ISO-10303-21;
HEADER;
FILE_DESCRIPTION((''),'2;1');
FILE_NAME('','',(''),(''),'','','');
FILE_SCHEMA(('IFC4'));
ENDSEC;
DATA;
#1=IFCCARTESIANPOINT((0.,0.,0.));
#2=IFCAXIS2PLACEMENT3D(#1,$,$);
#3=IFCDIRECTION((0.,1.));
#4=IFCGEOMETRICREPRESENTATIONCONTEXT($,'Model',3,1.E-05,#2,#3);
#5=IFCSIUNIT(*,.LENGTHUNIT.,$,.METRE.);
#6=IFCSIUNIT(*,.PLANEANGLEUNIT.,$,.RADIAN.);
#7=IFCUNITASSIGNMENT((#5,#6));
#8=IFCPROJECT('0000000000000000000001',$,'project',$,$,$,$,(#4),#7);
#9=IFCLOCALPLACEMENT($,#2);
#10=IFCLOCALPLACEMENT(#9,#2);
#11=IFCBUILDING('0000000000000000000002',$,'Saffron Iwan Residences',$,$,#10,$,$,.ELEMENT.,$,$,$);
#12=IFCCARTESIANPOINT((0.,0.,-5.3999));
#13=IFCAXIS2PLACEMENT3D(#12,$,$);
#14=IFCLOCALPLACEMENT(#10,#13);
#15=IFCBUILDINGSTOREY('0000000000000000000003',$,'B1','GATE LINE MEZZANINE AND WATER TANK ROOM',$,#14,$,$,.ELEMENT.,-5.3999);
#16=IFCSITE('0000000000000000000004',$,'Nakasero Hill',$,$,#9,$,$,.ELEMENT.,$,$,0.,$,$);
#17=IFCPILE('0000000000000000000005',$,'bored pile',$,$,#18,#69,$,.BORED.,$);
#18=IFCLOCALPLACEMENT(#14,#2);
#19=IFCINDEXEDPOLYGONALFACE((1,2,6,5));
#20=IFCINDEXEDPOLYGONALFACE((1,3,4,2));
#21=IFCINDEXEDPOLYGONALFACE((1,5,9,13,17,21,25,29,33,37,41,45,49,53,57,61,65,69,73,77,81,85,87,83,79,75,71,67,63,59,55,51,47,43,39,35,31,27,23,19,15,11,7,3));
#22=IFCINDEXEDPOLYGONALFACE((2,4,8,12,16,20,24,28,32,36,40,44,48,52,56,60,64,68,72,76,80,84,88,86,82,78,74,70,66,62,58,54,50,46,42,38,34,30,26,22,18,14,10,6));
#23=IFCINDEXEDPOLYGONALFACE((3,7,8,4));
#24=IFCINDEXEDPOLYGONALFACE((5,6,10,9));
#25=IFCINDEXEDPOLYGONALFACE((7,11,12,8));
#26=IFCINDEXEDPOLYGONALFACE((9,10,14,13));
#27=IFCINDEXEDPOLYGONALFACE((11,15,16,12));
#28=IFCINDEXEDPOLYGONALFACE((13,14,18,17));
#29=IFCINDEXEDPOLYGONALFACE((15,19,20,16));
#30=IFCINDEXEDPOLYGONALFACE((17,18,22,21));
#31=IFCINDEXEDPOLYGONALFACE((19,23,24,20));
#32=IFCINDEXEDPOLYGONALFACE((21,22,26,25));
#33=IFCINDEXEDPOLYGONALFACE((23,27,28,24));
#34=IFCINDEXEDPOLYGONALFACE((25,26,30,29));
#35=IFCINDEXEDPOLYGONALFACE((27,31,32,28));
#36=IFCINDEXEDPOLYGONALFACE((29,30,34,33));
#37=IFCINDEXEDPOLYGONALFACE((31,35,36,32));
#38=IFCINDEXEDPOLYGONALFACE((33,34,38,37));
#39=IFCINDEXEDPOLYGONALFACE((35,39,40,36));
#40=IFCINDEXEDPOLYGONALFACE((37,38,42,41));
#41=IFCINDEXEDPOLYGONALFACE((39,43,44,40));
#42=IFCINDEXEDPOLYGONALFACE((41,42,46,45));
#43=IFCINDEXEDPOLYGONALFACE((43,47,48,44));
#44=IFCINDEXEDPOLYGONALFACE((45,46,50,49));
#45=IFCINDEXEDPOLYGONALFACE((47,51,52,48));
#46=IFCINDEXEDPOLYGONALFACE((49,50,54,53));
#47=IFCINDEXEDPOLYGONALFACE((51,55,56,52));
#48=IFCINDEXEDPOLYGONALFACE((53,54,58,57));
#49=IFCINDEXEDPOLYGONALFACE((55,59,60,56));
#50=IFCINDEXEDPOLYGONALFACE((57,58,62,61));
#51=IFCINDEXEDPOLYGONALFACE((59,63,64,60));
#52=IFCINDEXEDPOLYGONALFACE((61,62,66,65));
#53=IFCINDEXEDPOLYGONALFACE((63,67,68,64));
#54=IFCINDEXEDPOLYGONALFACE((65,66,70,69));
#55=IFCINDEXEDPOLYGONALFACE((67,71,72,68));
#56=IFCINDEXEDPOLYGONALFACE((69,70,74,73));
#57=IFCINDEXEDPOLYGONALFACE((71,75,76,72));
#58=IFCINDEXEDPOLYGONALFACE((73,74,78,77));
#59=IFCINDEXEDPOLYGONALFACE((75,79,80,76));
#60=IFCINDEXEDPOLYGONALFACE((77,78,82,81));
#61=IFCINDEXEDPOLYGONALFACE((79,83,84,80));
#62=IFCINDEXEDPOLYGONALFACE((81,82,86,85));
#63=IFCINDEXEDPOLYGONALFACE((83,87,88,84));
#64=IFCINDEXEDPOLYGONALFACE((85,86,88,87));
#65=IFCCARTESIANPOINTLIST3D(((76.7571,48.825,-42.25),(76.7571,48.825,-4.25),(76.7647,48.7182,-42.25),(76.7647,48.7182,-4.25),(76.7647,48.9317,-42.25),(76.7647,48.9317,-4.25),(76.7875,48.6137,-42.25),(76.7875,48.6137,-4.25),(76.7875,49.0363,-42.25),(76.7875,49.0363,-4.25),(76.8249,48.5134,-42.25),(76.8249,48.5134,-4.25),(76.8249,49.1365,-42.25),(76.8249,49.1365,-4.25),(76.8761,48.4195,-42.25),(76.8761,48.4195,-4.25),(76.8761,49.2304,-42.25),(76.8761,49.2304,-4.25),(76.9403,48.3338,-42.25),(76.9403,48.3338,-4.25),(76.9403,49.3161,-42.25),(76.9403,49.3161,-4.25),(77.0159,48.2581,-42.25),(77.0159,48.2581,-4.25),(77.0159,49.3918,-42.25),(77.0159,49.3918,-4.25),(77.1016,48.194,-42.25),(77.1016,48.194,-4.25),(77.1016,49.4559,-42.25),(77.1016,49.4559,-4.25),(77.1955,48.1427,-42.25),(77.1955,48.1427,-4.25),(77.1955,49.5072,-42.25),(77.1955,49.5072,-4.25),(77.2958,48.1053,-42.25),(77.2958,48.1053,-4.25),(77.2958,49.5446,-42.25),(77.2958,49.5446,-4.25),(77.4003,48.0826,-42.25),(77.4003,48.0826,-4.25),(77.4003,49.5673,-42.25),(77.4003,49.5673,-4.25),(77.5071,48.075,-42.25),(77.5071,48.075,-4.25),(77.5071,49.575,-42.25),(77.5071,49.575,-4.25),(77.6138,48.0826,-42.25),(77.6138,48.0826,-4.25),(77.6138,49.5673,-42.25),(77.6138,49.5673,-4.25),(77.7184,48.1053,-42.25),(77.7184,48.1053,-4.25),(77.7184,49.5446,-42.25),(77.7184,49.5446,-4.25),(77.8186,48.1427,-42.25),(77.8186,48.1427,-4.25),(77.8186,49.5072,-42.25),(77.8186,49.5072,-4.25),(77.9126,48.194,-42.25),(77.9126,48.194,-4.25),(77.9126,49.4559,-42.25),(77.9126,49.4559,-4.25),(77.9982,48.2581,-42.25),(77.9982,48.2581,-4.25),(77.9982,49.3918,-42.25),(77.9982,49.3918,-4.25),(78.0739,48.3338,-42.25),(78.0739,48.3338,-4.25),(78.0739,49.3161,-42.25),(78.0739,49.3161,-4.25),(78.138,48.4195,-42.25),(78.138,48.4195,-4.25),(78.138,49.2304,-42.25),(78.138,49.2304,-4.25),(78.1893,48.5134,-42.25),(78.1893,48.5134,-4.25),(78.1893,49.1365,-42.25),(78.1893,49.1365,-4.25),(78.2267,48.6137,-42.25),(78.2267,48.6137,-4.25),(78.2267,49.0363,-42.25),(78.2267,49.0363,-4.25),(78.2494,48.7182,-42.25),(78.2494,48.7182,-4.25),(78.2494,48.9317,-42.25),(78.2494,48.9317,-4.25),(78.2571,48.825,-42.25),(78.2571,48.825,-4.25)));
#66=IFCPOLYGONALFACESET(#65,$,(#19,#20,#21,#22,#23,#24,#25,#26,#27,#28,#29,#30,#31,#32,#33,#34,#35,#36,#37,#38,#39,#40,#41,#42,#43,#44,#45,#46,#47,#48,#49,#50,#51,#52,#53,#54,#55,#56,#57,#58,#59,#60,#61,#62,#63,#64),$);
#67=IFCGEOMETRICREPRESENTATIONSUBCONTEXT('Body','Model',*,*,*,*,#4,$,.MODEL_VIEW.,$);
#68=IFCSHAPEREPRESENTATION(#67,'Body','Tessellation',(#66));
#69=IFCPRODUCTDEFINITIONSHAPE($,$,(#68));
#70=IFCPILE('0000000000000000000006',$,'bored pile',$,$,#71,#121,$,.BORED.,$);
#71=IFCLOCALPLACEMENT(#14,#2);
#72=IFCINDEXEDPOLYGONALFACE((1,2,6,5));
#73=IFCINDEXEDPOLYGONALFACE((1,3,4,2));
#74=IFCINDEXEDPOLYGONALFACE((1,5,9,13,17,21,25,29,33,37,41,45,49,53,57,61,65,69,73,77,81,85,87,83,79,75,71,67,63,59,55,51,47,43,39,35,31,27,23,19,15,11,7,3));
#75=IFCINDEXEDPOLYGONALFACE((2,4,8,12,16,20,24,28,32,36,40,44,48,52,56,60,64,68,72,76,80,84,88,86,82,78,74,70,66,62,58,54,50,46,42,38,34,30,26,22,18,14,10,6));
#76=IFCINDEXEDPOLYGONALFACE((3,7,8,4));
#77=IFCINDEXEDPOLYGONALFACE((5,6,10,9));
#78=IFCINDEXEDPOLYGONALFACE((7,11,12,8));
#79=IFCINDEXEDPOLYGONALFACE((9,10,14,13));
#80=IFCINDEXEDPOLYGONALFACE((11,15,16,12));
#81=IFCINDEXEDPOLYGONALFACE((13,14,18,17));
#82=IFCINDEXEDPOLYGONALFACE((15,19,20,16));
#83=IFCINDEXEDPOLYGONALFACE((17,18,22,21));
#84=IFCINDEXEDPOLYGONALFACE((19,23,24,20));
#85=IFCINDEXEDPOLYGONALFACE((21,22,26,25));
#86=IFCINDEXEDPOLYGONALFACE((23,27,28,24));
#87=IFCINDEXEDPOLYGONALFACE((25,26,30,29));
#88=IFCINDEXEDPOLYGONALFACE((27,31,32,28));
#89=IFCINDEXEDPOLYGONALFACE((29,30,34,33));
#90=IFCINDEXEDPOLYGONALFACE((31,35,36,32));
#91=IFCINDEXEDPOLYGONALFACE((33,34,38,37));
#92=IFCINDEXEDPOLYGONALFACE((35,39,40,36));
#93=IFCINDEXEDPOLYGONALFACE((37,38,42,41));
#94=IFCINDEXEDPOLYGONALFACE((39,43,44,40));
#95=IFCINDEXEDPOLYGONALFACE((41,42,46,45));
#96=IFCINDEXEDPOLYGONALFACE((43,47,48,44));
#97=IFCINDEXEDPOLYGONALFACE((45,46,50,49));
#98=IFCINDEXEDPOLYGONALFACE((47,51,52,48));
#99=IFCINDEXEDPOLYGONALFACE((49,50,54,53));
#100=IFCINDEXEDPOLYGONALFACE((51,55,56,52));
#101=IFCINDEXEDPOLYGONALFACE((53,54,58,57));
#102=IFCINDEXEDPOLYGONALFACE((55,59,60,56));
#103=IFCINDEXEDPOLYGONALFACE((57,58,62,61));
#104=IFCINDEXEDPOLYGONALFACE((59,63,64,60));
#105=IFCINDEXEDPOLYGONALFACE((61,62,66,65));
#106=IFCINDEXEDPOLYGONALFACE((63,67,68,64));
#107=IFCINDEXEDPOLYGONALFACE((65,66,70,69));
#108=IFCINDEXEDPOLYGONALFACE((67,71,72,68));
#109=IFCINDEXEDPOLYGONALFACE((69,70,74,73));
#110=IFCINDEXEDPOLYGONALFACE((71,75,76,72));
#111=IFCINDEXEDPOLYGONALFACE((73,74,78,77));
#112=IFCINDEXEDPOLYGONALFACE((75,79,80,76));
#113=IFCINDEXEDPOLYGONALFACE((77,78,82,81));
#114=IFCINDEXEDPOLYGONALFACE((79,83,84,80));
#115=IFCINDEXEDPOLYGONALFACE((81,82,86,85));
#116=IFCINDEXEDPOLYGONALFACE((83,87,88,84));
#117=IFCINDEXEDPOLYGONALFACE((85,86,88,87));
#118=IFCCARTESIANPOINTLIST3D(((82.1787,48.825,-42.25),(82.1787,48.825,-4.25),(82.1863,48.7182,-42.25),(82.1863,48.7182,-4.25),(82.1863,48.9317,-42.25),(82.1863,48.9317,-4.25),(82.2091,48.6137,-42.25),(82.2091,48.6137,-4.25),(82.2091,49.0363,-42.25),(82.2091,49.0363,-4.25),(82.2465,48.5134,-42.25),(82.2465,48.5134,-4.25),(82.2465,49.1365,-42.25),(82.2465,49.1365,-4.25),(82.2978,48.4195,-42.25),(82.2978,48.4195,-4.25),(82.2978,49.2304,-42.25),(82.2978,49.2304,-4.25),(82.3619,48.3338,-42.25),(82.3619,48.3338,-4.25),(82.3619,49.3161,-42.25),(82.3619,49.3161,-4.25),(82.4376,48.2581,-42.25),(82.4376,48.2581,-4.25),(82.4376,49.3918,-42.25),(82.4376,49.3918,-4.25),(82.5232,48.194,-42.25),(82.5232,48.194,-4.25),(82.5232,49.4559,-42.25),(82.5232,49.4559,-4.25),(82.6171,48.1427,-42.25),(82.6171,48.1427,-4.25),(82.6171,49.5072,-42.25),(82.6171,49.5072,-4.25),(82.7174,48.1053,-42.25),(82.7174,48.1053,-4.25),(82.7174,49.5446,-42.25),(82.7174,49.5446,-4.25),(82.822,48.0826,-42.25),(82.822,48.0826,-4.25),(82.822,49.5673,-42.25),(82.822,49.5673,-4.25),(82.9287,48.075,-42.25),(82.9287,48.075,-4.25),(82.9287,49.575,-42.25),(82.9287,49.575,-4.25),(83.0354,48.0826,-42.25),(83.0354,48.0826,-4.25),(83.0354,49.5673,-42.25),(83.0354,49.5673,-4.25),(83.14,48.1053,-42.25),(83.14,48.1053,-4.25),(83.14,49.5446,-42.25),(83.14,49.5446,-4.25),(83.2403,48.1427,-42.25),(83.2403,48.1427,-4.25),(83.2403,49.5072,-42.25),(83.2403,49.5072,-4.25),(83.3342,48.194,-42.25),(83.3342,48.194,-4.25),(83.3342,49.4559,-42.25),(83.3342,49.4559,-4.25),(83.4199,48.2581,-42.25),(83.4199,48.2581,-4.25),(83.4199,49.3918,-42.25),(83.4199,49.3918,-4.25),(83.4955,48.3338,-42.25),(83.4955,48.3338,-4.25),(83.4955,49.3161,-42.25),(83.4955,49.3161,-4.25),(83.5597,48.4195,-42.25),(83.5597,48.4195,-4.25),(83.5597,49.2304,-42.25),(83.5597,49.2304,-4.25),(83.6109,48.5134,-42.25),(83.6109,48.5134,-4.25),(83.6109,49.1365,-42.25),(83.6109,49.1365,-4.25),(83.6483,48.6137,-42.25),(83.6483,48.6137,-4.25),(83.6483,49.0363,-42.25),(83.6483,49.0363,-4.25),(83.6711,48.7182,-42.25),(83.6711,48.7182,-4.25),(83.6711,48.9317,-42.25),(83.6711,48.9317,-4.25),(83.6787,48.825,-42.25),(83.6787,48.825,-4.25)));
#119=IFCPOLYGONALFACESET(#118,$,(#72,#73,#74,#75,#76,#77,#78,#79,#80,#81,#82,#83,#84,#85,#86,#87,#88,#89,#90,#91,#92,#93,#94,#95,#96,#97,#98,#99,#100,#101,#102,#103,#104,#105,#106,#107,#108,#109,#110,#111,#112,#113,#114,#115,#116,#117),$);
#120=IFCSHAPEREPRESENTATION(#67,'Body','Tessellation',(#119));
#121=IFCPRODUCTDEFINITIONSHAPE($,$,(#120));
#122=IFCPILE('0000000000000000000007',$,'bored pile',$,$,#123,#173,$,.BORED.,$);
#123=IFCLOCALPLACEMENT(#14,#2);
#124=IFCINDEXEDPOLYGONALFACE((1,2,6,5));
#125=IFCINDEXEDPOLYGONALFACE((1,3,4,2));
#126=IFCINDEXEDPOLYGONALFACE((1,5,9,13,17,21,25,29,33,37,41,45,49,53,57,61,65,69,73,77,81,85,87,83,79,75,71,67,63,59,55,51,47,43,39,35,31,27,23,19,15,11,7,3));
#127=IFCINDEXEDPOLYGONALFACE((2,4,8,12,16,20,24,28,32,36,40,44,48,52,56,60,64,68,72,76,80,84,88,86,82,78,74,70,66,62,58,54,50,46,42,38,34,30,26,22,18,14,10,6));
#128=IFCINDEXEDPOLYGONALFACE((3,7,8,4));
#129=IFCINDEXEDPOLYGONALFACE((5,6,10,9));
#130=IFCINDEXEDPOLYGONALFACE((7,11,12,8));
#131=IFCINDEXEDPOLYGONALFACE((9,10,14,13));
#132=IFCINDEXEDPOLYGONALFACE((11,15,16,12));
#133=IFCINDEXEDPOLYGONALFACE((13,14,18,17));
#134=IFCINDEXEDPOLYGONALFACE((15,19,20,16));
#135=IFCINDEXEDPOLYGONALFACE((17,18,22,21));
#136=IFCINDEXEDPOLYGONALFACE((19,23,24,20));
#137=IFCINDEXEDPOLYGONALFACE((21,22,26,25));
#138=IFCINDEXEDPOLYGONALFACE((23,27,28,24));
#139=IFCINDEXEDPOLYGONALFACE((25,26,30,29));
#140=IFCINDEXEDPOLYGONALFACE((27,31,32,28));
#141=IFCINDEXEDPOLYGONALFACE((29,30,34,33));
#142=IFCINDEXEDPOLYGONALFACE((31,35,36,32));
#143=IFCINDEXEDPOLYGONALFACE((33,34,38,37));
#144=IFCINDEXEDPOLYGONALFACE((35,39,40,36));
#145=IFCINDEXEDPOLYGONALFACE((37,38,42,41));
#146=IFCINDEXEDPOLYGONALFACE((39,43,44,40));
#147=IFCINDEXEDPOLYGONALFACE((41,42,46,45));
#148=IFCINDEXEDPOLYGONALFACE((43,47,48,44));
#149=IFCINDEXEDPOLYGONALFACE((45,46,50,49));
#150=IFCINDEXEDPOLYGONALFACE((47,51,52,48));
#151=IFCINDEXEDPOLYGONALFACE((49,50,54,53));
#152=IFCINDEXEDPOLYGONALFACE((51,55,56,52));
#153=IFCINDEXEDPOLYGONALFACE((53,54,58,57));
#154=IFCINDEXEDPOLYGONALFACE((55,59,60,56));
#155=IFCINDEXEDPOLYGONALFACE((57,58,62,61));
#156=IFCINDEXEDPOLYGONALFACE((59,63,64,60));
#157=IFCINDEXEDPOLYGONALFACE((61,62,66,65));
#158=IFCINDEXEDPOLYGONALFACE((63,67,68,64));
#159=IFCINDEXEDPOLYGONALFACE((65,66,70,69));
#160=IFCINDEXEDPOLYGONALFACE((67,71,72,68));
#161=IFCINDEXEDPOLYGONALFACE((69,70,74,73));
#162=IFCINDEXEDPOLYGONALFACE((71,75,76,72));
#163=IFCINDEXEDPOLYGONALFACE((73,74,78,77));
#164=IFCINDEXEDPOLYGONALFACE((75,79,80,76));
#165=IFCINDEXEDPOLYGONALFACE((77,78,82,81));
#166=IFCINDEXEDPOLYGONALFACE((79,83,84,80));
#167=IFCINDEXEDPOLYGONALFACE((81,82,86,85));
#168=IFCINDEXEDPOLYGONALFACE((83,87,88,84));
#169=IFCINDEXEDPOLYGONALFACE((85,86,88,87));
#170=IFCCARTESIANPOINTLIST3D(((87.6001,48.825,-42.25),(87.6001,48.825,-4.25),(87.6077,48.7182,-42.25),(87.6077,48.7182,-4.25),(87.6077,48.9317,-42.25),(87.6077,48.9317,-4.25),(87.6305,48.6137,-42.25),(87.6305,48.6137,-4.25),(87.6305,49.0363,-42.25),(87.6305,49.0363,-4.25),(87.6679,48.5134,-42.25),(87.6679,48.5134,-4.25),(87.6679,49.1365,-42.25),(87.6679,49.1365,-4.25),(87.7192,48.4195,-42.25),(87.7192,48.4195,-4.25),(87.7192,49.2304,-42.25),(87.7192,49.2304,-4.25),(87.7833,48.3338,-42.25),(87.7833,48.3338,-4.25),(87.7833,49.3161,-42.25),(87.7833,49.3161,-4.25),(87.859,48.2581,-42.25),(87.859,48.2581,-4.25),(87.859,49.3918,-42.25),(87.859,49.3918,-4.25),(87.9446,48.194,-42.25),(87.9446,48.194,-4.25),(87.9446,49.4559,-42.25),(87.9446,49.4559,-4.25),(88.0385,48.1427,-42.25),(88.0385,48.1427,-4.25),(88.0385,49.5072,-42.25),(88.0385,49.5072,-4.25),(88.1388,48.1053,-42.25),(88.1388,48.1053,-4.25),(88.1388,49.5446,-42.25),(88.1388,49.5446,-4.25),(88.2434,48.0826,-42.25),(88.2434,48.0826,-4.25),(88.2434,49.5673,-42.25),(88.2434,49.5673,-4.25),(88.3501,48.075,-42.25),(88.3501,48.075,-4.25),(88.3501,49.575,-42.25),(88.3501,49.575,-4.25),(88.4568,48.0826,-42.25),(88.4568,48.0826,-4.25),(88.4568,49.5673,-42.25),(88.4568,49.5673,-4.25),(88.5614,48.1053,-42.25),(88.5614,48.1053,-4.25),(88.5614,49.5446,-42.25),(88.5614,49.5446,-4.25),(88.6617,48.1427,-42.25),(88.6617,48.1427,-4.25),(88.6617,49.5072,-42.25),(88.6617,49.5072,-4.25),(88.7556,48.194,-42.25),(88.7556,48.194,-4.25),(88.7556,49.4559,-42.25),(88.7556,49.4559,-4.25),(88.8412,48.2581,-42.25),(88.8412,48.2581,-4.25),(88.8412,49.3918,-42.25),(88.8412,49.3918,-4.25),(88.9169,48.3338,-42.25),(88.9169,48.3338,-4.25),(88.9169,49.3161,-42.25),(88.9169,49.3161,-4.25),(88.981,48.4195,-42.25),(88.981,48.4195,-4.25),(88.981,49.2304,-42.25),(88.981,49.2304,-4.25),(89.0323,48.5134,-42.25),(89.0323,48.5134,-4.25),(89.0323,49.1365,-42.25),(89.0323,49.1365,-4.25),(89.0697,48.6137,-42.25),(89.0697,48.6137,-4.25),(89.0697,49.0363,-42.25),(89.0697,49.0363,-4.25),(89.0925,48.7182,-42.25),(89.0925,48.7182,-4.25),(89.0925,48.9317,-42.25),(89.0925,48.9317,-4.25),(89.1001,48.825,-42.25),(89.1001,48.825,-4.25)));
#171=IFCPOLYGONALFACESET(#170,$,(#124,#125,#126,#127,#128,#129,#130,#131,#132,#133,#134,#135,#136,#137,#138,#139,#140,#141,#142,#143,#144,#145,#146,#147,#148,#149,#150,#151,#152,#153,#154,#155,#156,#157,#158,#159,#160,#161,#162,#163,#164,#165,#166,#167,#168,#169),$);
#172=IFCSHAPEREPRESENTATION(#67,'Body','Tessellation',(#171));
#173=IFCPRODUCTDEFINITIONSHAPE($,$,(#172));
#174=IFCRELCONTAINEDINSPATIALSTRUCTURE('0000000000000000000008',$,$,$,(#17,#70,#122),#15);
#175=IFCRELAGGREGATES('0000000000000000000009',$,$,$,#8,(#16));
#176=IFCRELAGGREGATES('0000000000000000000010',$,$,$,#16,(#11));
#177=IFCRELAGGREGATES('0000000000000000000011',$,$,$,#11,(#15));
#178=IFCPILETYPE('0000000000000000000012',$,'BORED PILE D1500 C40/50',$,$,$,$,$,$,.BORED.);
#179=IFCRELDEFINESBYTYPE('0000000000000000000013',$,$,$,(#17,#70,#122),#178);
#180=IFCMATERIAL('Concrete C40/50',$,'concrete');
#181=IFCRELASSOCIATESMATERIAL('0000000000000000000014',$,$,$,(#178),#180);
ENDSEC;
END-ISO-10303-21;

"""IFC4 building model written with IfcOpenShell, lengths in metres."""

from ifc_helpers import new_model, si_unit, direction, frame, origin, origin_2d, place, context, subcontext, project, spatial, circle, extrude, material, material_profile, profile_set, type_object, element, save


model = new_model("IFC4")

# Units and contexts
model_context = context("Model", 3, precision=1e-05, world=origin(), true_north=direction((0.0, 1.0)))
body_context = subcontext(model_context, "Body", "Model", "MODEL_VIEW")
ifc_project = project(units=[si_unit("LENGTHUNIT", "METRE"), si_unit("PLANEANGLEUNIT", "RADIAN")], contexts=[model_context])

# Site, building, storey
site_placement = place(None, origin())
site = spatial("IfcSite", under=ifc_project, at=site_placement, Name="Nakasero Hill", CompositionType="ELEMENT", RefElevation=0.0)
building_placement = place(site_placement, origin())
building = spatial("IfcBuilding", under=site, at=building_placement, Name="Saffron Iwan Residences", CompositionType="ELEMENT")
storey_placement = place(building_placement, frame((0.0, 0.0, -5.3999)))
storey = spatial("IfcBuildingStorey", under=building, at=storey_placement, Name="B1", Description="GATE LINE MEZZANINE AND WATER TANK ROOM", CompositionType="ELEMENT", Elevation=-5.3999)

# Piles
ifc_material_1 = material(Name="Concrete C40/50", Category="concrete")
ifc_material_profile_1 = material_profile(ifc_material_1, circle(Radius=0.75, at=origin_2d()), Name="RC D1500")
ifc_profile_set_1 = profile_set([ifc_material_profile_1], Name="Concrete C40/50")
pile_type = type_object("IfcPileType", Name="BORED PILE D1500 C40/50", PredefinedType="BORED", material=ifc_profile_set_1)
for number, where, z_axis, x_axis, name in (
    (1, (77.5071, 48.825, -4.25), (0.0, 0.0, -1.0), (1.0, 0.0, 0.0), "bored pile"),
    (2, (82.9287, 48.825, -4.25), (0.0, 0.0, -1.0), (1.0, 0.0, 0.0), "bored pile"),
    (3, (88.3501, 48.825, -4.25), (0.0, 0.0, -1.0), (1.0, 0.0, 0.0), "bored pile"),
):
    element("IfcPile", number, at=place(storey_placement, frame(where, z_axis=z_axis, x_axis=x_axis)), inside=storey, type_object=pile_type, Name=name, PredefinedType="BORED", context=body_context, shape_type="SweptSolid", body=[
        extrude(circle(Radius=0.75, at=origin_2d()), origin(), (0.0, 0.0, 1.0), 38.0),
    ])

save(model, "model.ifc")
